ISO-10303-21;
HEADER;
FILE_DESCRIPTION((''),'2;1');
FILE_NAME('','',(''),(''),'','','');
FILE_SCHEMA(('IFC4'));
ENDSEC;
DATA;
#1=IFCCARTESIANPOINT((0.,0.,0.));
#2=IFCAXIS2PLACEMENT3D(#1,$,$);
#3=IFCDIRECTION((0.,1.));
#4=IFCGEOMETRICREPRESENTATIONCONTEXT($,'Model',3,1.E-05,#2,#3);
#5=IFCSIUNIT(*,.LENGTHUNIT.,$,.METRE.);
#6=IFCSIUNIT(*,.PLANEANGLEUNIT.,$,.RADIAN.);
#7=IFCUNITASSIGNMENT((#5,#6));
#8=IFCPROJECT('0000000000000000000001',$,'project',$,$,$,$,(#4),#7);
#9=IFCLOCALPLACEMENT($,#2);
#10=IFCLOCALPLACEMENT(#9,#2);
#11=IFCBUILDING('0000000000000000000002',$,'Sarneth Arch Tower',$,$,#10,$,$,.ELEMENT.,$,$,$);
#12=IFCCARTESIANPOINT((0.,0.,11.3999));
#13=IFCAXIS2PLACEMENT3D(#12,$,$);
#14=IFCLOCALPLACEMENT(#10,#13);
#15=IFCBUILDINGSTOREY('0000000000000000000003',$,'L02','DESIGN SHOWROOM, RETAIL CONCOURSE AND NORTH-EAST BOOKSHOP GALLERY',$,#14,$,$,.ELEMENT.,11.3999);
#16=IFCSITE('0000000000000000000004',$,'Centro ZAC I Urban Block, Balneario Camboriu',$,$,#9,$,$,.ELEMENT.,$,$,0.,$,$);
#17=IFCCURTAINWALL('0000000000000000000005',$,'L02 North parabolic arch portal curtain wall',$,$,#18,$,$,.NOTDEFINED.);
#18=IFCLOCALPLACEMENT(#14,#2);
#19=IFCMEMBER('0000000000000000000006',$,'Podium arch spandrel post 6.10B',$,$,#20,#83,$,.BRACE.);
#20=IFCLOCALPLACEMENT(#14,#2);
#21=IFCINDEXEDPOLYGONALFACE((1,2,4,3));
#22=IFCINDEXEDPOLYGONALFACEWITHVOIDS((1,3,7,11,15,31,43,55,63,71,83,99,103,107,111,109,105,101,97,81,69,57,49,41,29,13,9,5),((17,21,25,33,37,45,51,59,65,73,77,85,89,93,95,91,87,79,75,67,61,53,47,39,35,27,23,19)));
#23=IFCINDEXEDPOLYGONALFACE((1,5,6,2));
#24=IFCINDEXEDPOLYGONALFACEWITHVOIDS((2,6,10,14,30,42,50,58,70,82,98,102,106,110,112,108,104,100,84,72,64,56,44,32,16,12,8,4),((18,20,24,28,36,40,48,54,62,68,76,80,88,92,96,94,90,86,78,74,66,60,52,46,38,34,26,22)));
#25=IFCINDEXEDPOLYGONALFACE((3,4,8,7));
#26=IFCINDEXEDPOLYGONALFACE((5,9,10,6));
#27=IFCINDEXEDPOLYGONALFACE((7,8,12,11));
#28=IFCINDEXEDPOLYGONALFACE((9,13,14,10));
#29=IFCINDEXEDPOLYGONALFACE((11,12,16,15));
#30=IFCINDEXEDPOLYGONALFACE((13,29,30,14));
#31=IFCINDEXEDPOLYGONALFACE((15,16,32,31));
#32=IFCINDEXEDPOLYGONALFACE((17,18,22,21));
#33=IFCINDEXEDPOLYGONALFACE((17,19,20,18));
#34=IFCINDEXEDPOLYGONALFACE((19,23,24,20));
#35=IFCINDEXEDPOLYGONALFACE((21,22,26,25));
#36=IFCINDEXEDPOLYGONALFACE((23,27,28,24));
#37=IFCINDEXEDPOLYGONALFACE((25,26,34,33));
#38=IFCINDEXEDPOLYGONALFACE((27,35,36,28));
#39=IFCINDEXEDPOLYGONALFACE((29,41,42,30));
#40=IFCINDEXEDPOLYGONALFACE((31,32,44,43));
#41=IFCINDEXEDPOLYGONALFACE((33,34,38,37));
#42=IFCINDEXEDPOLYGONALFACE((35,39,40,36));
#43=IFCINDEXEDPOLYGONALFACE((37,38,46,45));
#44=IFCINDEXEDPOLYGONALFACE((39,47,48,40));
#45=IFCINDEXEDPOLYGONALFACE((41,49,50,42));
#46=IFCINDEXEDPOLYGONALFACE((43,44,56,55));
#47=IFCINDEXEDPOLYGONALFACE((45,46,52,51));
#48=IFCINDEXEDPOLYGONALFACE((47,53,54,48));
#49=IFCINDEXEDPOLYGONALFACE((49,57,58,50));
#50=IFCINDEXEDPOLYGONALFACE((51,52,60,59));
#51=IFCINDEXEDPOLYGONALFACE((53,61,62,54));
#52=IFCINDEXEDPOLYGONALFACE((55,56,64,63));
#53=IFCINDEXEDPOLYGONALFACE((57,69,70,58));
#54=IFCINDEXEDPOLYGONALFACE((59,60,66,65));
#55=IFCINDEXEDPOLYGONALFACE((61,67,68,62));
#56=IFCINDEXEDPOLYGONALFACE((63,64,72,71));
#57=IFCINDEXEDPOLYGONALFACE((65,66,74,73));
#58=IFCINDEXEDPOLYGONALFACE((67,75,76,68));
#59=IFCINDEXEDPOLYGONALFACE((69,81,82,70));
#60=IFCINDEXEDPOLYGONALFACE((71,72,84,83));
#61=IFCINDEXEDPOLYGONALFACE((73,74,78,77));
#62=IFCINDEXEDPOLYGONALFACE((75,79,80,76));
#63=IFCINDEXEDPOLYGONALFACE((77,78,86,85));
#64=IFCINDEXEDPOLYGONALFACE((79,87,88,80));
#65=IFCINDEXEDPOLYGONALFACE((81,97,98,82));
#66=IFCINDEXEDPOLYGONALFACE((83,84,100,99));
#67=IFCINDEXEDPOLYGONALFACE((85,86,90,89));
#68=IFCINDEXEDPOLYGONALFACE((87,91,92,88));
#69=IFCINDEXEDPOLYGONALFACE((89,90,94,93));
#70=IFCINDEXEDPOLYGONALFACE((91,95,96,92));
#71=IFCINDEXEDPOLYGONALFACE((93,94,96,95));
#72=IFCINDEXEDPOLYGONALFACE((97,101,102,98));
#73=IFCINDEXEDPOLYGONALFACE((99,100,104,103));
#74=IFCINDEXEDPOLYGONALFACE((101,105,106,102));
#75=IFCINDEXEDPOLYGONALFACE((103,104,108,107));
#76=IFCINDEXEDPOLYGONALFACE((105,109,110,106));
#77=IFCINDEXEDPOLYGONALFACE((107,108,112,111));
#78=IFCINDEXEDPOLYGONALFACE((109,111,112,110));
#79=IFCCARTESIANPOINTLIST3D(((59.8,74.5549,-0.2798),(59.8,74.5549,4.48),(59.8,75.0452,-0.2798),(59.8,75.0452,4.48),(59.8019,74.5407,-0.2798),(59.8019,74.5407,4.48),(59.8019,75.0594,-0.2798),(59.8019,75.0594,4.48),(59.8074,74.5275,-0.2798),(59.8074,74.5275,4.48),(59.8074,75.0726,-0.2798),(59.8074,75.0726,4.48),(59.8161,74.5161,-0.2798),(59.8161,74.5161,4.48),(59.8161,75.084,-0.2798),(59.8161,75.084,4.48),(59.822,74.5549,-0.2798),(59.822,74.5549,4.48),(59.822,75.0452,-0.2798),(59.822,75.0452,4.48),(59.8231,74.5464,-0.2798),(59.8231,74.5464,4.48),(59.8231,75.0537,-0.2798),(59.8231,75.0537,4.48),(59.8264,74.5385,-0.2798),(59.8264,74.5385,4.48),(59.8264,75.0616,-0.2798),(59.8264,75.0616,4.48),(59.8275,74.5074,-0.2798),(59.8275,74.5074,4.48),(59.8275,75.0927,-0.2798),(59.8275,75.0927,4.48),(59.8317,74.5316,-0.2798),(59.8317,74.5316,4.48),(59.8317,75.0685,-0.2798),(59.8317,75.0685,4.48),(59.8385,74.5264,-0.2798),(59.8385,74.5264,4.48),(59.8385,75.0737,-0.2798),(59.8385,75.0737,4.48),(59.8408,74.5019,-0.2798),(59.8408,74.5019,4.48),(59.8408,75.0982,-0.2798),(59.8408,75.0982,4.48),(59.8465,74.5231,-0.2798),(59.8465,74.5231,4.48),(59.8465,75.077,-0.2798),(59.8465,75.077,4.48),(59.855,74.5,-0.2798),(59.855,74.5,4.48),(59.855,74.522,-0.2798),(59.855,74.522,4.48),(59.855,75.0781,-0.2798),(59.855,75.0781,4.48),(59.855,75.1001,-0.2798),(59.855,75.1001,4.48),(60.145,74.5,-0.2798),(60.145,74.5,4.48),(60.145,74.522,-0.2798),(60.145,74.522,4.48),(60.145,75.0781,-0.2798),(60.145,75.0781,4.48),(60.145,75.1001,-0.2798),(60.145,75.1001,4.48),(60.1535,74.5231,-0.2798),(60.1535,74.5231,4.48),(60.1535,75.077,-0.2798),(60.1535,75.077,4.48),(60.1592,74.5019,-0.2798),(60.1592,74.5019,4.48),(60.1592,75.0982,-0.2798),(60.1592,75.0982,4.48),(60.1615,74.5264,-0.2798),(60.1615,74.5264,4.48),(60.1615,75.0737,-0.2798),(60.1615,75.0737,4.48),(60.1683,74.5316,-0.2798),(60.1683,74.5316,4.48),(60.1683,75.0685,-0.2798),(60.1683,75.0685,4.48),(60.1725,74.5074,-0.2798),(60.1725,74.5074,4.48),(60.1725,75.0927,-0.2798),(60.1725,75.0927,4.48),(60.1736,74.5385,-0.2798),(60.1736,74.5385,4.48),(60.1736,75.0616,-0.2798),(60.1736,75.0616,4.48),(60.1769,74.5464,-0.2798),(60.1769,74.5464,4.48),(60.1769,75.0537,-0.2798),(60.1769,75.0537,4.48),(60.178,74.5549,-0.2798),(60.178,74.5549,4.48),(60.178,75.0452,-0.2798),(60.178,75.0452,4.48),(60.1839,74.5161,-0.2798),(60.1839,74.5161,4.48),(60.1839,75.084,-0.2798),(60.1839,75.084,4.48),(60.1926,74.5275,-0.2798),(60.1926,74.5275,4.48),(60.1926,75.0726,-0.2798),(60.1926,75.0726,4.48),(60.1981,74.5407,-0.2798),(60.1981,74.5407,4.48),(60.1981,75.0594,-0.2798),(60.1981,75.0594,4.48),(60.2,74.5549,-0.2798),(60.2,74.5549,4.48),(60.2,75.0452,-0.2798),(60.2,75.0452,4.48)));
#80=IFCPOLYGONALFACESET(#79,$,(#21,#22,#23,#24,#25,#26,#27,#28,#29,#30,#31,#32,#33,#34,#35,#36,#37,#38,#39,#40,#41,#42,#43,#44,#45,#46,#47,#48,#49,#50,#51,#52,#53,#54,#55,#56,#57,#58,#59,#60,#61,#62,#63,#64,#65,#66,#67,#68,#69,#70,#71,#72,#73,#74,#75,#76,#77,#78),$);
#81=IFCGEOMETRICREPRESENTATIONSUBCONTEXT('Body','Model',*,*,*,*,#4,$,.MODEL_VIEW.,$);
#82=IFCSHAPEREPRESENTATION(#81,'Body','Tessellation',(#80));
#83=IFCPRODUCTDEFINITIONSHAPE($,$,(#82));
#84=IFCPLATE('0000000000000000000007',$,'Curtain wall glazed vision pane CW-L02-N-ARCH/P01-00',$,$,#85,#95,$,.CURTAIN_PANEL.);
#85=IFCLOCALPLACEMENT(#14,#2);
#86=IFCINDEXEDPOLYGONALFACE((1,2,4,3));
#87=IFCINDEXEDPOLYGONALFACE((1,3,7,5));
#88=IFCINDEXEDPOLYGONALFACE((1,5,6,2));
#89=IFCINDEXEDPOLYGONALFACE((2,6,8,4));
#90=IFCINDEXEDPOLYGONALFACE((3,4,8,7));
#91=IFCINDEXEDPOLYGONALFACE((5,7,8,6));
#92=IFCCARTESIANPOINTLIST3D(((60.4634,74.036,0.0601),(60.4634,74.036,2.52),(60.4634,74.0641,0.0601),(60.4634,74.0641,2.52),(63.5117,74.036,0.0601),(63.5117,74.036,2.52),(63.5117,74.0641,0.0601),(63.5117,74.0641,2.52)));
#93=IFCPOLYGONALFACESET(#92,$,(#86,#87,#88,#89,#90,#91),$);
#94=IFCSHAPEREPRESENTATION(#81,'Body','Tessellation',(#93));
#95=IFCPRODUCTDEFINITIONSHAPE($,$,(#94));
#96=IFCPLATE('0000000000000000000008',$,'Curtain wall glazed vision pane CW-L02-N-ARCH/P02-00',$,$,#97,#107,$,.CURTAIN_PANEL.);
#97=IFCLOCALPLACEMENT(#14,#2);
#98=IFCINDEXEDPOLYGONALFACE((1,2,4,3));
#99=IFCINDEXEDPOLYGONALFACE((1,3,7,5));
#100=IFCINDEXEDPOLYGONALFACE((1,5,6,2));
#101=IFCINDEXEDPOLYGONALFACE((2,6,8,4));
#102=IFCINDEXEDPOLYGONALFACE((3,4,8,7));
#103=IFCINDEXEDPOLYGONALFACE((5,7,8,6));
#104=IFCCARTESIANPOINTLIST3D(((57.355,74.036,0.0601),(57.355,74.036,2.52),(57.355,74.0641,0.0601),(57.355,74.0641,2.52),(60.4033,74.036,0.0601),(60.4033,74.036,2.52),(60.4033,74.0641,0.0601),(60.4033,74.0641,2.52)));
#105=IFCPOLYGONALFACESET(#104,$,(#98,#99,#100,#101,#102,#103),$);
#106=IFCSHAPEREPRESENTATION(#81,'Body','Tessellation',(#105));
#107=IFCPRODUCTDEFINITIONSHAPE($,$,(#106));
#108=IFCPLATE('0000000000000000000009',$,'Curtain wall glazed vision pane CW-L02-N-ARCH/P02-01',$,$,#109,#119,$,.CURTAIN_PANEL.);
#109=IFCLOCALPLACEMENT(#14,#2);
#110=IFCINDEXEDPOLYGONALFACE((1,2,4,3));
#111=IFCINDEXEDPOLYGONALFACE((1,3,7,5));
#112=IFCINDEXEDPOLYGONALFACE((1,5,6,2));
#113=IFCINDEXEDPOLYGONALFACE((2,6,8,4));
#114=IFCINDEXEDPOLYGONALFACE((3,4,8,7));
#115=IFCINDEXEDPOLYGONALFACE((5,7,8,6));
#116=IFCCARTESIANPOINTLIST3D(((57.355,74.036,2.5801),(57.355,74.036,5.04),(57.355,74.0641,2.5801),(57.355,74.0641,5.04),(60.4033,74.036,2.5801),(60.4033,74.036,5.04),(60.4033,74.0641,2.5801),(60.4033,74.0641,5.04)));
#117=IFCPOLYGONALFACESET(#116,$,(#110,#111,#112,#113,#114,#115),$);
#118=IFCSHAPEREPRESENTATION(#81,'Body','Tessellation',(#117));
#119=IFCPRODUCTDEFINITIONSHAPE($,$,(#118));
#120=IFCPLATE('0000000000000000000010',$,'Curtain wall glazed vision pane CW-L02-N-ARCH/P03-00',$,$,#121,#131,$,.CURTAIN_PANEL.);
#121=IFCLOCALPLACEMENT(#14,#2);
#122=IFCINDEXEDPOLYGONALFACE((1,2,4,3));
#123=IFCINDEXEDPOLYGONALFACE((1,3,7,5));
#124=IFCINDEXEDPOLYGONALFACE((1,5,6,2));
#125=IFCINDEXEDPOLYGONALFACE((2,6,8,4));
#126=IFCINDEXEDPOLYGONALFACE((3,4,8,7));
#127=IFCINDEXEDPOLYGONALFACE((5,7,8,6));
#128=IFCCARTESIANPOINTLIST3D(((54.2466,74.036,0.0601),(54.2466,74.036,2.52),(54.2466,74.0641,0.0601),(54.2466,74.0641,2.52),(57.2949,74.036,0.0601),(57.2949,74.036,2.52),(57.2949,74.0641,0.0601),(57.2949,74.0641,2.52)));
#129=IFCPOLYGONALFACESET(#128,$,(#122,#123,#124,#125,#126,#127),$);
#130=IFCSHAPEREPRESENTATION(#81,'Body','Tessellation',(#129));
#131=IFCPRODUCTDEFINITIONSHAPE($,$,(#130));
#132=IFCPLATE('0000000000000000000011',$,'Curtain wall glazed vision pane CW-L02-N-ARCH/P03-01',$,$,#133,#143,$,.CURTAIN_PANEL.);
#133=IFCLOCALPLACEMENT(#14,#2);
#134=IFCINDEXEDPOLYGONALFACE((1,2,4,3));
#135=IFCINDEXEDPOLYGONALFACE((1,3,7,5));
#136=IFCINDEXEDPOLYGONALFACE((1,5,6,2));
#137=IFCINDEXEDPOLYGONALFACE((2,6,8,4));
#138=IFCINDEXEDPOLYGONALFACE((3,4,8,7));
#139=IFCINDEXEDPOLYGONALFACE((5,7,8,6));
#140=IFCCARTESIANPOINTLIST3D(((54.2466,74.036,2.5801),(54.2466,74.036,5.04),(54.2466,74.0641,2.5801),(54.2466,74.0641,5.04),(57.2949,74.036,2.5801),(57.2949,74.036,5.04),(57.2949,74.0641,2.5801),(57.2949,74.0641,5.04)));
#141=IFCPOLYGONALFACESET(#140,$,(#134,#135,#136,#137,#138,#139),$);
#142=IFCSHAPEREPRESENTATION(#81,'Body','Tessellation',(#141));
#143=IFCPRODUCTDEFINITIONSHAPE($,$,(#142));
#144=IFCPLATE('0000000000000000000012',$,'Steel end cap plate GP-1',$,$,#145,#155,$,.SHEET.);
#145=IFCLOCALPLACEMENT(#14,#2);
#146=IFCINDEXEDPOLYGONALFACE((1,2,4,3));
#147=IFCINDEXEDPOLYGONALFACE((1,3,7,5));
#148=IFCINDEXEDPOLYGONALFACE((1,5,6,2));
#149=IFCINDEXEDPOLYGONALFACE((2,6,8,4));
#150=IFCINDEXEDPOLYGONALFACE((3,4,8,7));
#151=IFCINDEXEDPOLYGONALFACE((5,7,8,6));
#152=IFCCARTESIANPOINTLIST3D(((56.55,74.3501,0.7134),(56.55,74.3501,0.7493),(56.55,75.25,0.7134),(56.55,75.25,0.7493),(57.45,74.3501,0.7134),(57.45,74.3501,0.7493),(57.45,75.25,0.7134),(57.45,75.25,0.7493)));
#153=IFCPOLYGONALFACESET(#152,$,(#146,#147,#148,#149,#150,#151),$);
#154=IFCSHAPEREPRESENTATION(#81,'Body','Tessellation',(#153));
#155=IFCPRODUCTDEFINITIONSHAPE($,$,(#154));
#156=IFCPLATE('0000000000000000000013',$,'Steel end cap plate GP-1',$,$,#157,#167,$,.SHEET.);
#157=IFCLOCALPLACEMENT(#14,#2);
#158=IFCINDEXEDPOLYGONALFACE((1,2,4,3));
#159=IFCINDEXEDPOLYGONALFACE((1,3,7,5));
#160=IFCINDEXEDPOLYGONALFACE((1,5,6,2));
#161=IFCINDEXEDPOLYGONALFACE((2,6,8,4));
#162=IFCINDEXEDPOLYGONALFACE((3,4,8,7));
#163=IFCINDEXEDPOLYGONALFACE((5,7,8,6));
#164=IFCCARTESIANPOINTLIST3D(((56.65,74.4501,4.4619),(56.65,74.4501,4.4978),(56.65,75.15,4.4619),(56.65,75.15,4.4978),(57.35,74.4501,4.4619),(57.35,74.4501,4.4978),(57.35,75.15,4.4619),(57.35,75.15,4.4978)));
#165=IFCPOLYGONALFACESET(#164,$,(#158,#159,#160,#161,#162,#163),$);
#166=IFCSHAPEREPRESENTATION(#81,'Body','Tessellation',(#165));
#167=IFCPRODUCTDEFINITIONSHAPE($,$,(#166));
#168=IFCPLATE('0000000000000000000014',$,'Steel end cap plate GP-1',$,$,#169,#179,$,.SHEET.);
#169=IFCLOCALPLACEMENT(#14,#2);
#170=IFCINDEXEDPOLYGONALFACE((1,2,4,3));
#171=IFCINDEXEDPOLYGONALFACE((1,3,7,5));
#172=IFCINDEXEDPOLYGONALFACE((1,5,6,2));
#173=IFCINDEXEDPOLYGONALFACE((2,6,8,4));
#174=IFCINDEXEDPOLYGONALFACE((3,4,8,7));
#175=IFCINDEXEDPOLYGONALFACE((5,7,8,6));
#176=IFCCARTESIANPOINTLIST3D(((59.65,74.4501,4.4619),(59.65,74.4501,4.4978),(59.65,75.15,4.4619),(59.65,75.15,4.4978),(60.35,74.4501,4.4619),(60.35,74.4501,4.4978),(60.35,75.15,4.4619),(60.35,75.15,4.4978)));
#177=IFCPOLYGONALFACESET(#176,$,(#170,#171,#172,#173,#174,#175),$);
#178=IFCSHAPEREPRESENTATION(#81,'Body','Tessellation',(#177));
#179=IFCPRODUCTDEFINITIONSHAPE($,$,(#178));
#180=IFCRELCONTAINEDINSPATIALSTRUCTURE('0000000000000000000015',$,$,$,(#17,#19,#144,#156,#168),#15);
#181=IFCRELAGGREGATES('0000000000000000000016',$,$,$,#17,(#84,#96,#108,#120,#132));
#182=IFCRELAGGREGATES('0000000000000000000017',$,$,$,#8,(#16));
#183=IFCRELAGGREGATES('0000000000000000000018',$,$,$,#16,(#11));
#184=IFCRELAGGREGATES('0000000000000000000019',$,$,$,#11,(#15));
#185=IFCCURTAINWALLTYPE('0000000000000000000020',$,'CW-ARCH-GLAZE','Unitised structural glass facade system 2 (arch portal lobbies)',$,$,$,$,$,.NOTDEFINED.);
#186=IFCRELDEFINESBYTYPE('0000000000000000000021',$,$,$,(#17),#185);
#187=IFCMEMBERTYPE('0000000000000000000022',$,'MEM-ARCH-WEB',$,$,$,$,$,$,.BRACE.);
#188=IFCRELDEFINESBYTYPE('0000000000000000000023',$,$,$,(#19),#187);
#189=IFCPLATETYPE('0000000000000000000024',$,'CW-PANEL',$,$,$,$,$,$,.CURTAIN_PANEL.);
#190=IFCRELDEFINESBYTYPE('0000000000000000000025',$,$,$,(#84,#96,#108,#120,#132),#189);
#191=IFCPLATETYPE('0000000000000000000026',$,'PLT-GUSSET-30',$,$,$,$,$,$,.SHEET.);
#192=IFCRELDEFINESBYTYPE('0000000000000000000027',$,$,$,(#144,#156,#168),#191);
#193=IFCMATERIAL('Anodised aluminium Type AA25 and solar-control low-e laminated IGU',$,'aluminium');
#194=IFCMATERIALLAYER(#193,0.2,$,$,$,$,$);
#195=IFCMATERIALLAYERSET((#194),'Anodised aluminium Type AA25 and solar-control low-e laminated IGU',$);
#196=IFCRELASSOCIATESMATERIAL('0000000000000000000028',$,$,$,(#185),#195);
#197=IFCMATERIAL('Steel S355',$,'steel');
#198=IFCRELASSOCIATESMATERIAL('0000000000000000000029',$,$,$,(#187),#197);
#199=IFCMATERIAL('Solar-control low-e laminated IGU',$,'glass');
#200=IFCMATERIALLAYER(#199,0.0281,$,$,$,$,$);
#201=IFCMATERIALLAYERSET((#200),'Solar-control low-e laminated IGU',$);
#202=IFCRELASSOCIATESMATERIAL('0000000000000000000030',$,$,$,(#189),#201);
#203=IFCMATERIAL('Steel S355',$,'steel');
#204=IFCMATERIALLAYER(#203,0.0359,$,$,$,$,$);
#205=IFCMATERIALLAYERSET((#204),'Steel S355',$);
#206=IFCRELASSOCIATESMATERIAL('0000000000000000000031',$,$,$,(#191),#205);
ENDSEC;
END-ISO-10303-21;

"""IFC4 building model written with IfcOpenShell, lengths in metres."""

from ifc_helpers import new_model, si_unit, direction, frame, origin, origin_2d, place, context, subcontext, project, spatial, rectangle, hollow_rectangle, extrude, material, layer, layer_set, material_profile, profile_set, type_object, element, aggregate, save


model = new_model("IFC4")

# Units and contexts
model_context = context("Model", 3, precision=1e-05, world=origin(), true_north=direction((0.0, 1.0)))
body_context = subcontext(model_context, "Body", "Model", "MODEL_VIEW")
ifc_project = project(units=[si_unit("LENGTHUNIT", "METRE"), si_unit("PLANEANGLEUNIT", "RADIAN")], contexts=[model_context])

# Site, building, storey
site_placement = place(None, origin())
site = spatial("IfcSite", under=ifc_project, at=site_placement, Name="Centro ZAC I Urban Block, Balneario Camboriu", CompositionType="ELEMENT", RefElevation=0.0)
building_placement = place(site_placement, origin())
building = spatial("IfcBuilding", under=site, at=building_placement, Name="Sarneth Arch Tower", CompositionType="ELEMENT")
storey_placement = place(building_placement, frame((0.0, 0.0, 11.3999)))
storey = spatial("IfcBuildingStorey", under=building, at=storey_placement, Name="L02", Description="DESIGN SHOWROOM, RETAIL CONCOURSE AND NORTH-EAST BOOKSHOP GALLERY", CompositionType="ELEMENT", Elevation=11.3999)

# Curtain wall
ifc_material_1 = material(Name="Anodised aluminium Type AA25 and solar-control low-e laminated IGU", Category="aluminium")
ifc_layer_1 = layer(ifc_material_1, 0.2)
ifc_layer_set_1 = layer_set([ifc_layer_1], Name="Anodised aluminium Type AA25 and solar-control low-e laminated IGU")
curtain_wall_type = type_object("IfcCurtainWallType", Name="CW-ARCH-GLAZE", Description="Unitised structural glass facade system 2 (arch portal lobbies)", PredefinedType="NOTDEFINED", material=ifc_layer_set_1)
curtain_wall_placement = place(storey_placement, origin())
curtain_wall = element("IfcCurtainWall", 1, at=curtain_wall_placement, inside=storey, type_object=curtain_wall_type, Name="L02 North parabolic arch portal curtain wall", PredefinedType="NOTDEFINED")

# Member
ifc_material_2 = material(Name="Steel S355", Category="steel")
ifc_material_profile_1 = material_profile(ifc_material_2, hollow_rectangle(XDim=0.3999, YDim=0.6001, WallThickness=0.022, InnerFilletRadius=0.033, OuterFilletRadius=0.0549, at=origin_2d()), Name="RHS600x400x22")
ifc_profile_set_1 = profile_set([ifc_material_profile_1], Name="Steel S355")
member_type_1 = type_object("IfcMemberType", Name="MEM-ARCH-WEB", PredefinedType="BRACE", material=ifc_profile_set_1)
member_1_placement = place(storey_placement, frame((60.0, 74.8, -0.2798), z_axis=(0.0, 0.0, 1.0), x_axis=(1.0, 0.0, 0.0)))
element("IfcMember", 2, at=member_1_placement, inside=storey, type_object=member_type_1, Name="Podium arch spandrel post 6.10B", PredefinedType="BRACE", context=body_context, shape_type="SweptSolid", body=[
    extrude(hollow_rectangle(XDim=0.3999, YDim=0.6001, WallThickness=0.022, InnerFilletRadius=0.033, OuterFilletRadius=0.0549, at=origin_2d()), origin(), (0.0, 0.0, 1.0), 4.7598),
])

# Plates
ifc_material_3 = material(Name="Solar-control low-e laminated IGU", Category="glass")
ifc_layer_2 = layer(ifc_material_3, 0.0281)
ifc_layer_set_2 = layer_set([ifc_layer_2], Name="Solar-control low-e laminated IGU")
plate_type_1 = type_object("IfcPlateType", Name="CW-PANEL", PredefinedType="CURTAIN_PANEL", material=ifc_layer_set_2)
plate_1_placement = place(storey_placement, frame((61.9875, 74.05, 0.0601), z_axis=(0.0, 0.0, 1.0), x_axis=(-1.0, 0.0, 0.0)))
plate_1 = element("IfcPlate", 3, at=plate_1_placement, type_object=plate_type_1, Name="Curtain wall glazed vision pane CW-L02-N-ARCH/P01-00", PredefinedType="CURTAIN_PANEL", context=body_context, shape_type="SweptSolid", body=[
    extrude(rectangle(XDim=3.0483, YDim=0.0281, at=origin_2d()), origin(), (0.0, 0.0, 1.0), 2.46),
])
plate_2_placement = place(storey_placement, frame((58.8792, 74.05, 0.0601), z_axis=(0.0, 0.0, 1.0), x_axis=(-1.0, 0.0, 0.0)))
plate_2 = element("IfcPlate", 4, at=plate_2_placement, type_object=plate_type_1, Name="Curtain wall glazed vision pane CW-L02-N-ARCH/P02-00", PredefinedType="CURTAIN_PANEL", context=body_context, shape_type="SweptSolid", body=[
    extrude(rectangle(XDim=3.0483, YDim=0.0281, at=origin_2d()), origin(), (0.0, 0.0, 1.0), 2.46),
])
plate_3_placement = place(storey_placement, frame((58.8792, 74.05, 2.5801), z_axis=(0.0, 0.0, 1.0), x_axis=(-1.0, 0.0, 0.0)))
plate_3 = element("IfcPlate", 5, at=plate_3_placement, type_object=plate_type_1, Name="Curtain wall glazed vision pane CW-L02-N-ARCH/P02-01", PredefinedType="CURTAIN_PANEL", context=body_context, shape_type="SweptSolid", body=[
    extrude(rectangle(XDim=3.0483, YDim=0.0281, at=origin_2d()), origin(), (0.0, 0.0, 1.0), 2.46),
])
plate_4_placement = place(storey_placement, frame((55.7708, 74.05, 0.0601), z_axis=(0.0, 0.0, 1.0), x_axis=(-1.0, 0.0, 0.0)))
plate_4 = element("IfcPlate", 6, at=plate_4_placement, type_object=plate_type_1, Name="Curtain wall glazed vision pane CW-L02-N-ARCH/P03-00", PredefinedType="CURTAIN_PANEL", context=body_context, shape_type="SweptSolid", body=[
    extrude(rectangle(XDim=3.0483, YDim=0.0281, at=origin_2d()), origin(), (0.0, 0.0, 1.0), 2.46),
])
plate_5_placement = place(storey_placement, frame((55.7708, 74.05, 2.5801), z_axis=(0.0, 0.0, 1.0), x_axis=(-1.0, 0.0, 0.0)))
plate_5 = element("IfcPlate", 7, at=plate_5_placement, type_object=plate_type_1, Name="Curtain wall glazed vision pane CW-L02-N-ARCH/P03-01", PredefinedType="CURTAIN_PANEL", context=body_context, shape_type="SweptSolid", body=[
    extrude(rectangle(XDim=3.0483, YDim=0.0281, at=origin_2d()), origin(), (0.0, 0.0, 1.0), 2.46),
])
aggregate(curtain_wall, [plate_1, plate_2, plate_3, plate_4, plate_5])

# Plates
ifc_material_4 = material(Name="Steel S355", Category="steel")
ifc_layer_3 = layer(ifc_material_4, 0.0359)
ifc_layer_set_3 = layer_set([ifc_layer_3], Name="Steel S355")
plate_type_2 = type_object("IfcPlateType", Name="PLT-GUSSET-30", PredefinedType="SHEET", material=ifc_layer_set_3)
plate_6_placement = place(storey_placement, frame((57.0, 74.8, 0.7134), z_axis=(0.0, 0.0, 1.0), x_axis=(-1.0, 0.0, 0.0)))
element("IfcPlate", 8, at=plate_6_placement, inside=storey, type_object=plate_type_2, Name="Steel end cap plate GP-1", PredefinedType="SHEET", context=body_context, shape_type="SweptSolid", body=[
    extrude(rectangle(XDim=0.8999, YDim=0.8999, at=origin_2d()), origin(), (0.0, 0.0, 1.0), 0.0359),
])
for number, where, z_axis, x_axis, name in (
    (9, (57.0, 74.8, 4.4619), (0.0, 0.0, 1.0), (1.0, 0.0, 0.0), "Steel end cap plate GP-1"),
    (10, (60.0, 74.8, 4.4619), (0.0, 0.0, 1.0), (1.0, 0.0, 0.0), "Steel end cap plate GP-1"),
):
    element("IfcPlate", number, at=place(storey_placement, frame(where, z_axis=z_axis, x_axis=x_axis)), inside=storey, type_object=plate_type_2, Name=name, PredefinedType="SHEET", context=body_context, shape_type="SweptSolid", body=[
        extrude(rectangle(XDim=0.7, YDim=0.7, at=origin_2d()), origin(), (0.0, 0.0, 1.0), 0.0359),
    ])

save(model, "model.ifc")
